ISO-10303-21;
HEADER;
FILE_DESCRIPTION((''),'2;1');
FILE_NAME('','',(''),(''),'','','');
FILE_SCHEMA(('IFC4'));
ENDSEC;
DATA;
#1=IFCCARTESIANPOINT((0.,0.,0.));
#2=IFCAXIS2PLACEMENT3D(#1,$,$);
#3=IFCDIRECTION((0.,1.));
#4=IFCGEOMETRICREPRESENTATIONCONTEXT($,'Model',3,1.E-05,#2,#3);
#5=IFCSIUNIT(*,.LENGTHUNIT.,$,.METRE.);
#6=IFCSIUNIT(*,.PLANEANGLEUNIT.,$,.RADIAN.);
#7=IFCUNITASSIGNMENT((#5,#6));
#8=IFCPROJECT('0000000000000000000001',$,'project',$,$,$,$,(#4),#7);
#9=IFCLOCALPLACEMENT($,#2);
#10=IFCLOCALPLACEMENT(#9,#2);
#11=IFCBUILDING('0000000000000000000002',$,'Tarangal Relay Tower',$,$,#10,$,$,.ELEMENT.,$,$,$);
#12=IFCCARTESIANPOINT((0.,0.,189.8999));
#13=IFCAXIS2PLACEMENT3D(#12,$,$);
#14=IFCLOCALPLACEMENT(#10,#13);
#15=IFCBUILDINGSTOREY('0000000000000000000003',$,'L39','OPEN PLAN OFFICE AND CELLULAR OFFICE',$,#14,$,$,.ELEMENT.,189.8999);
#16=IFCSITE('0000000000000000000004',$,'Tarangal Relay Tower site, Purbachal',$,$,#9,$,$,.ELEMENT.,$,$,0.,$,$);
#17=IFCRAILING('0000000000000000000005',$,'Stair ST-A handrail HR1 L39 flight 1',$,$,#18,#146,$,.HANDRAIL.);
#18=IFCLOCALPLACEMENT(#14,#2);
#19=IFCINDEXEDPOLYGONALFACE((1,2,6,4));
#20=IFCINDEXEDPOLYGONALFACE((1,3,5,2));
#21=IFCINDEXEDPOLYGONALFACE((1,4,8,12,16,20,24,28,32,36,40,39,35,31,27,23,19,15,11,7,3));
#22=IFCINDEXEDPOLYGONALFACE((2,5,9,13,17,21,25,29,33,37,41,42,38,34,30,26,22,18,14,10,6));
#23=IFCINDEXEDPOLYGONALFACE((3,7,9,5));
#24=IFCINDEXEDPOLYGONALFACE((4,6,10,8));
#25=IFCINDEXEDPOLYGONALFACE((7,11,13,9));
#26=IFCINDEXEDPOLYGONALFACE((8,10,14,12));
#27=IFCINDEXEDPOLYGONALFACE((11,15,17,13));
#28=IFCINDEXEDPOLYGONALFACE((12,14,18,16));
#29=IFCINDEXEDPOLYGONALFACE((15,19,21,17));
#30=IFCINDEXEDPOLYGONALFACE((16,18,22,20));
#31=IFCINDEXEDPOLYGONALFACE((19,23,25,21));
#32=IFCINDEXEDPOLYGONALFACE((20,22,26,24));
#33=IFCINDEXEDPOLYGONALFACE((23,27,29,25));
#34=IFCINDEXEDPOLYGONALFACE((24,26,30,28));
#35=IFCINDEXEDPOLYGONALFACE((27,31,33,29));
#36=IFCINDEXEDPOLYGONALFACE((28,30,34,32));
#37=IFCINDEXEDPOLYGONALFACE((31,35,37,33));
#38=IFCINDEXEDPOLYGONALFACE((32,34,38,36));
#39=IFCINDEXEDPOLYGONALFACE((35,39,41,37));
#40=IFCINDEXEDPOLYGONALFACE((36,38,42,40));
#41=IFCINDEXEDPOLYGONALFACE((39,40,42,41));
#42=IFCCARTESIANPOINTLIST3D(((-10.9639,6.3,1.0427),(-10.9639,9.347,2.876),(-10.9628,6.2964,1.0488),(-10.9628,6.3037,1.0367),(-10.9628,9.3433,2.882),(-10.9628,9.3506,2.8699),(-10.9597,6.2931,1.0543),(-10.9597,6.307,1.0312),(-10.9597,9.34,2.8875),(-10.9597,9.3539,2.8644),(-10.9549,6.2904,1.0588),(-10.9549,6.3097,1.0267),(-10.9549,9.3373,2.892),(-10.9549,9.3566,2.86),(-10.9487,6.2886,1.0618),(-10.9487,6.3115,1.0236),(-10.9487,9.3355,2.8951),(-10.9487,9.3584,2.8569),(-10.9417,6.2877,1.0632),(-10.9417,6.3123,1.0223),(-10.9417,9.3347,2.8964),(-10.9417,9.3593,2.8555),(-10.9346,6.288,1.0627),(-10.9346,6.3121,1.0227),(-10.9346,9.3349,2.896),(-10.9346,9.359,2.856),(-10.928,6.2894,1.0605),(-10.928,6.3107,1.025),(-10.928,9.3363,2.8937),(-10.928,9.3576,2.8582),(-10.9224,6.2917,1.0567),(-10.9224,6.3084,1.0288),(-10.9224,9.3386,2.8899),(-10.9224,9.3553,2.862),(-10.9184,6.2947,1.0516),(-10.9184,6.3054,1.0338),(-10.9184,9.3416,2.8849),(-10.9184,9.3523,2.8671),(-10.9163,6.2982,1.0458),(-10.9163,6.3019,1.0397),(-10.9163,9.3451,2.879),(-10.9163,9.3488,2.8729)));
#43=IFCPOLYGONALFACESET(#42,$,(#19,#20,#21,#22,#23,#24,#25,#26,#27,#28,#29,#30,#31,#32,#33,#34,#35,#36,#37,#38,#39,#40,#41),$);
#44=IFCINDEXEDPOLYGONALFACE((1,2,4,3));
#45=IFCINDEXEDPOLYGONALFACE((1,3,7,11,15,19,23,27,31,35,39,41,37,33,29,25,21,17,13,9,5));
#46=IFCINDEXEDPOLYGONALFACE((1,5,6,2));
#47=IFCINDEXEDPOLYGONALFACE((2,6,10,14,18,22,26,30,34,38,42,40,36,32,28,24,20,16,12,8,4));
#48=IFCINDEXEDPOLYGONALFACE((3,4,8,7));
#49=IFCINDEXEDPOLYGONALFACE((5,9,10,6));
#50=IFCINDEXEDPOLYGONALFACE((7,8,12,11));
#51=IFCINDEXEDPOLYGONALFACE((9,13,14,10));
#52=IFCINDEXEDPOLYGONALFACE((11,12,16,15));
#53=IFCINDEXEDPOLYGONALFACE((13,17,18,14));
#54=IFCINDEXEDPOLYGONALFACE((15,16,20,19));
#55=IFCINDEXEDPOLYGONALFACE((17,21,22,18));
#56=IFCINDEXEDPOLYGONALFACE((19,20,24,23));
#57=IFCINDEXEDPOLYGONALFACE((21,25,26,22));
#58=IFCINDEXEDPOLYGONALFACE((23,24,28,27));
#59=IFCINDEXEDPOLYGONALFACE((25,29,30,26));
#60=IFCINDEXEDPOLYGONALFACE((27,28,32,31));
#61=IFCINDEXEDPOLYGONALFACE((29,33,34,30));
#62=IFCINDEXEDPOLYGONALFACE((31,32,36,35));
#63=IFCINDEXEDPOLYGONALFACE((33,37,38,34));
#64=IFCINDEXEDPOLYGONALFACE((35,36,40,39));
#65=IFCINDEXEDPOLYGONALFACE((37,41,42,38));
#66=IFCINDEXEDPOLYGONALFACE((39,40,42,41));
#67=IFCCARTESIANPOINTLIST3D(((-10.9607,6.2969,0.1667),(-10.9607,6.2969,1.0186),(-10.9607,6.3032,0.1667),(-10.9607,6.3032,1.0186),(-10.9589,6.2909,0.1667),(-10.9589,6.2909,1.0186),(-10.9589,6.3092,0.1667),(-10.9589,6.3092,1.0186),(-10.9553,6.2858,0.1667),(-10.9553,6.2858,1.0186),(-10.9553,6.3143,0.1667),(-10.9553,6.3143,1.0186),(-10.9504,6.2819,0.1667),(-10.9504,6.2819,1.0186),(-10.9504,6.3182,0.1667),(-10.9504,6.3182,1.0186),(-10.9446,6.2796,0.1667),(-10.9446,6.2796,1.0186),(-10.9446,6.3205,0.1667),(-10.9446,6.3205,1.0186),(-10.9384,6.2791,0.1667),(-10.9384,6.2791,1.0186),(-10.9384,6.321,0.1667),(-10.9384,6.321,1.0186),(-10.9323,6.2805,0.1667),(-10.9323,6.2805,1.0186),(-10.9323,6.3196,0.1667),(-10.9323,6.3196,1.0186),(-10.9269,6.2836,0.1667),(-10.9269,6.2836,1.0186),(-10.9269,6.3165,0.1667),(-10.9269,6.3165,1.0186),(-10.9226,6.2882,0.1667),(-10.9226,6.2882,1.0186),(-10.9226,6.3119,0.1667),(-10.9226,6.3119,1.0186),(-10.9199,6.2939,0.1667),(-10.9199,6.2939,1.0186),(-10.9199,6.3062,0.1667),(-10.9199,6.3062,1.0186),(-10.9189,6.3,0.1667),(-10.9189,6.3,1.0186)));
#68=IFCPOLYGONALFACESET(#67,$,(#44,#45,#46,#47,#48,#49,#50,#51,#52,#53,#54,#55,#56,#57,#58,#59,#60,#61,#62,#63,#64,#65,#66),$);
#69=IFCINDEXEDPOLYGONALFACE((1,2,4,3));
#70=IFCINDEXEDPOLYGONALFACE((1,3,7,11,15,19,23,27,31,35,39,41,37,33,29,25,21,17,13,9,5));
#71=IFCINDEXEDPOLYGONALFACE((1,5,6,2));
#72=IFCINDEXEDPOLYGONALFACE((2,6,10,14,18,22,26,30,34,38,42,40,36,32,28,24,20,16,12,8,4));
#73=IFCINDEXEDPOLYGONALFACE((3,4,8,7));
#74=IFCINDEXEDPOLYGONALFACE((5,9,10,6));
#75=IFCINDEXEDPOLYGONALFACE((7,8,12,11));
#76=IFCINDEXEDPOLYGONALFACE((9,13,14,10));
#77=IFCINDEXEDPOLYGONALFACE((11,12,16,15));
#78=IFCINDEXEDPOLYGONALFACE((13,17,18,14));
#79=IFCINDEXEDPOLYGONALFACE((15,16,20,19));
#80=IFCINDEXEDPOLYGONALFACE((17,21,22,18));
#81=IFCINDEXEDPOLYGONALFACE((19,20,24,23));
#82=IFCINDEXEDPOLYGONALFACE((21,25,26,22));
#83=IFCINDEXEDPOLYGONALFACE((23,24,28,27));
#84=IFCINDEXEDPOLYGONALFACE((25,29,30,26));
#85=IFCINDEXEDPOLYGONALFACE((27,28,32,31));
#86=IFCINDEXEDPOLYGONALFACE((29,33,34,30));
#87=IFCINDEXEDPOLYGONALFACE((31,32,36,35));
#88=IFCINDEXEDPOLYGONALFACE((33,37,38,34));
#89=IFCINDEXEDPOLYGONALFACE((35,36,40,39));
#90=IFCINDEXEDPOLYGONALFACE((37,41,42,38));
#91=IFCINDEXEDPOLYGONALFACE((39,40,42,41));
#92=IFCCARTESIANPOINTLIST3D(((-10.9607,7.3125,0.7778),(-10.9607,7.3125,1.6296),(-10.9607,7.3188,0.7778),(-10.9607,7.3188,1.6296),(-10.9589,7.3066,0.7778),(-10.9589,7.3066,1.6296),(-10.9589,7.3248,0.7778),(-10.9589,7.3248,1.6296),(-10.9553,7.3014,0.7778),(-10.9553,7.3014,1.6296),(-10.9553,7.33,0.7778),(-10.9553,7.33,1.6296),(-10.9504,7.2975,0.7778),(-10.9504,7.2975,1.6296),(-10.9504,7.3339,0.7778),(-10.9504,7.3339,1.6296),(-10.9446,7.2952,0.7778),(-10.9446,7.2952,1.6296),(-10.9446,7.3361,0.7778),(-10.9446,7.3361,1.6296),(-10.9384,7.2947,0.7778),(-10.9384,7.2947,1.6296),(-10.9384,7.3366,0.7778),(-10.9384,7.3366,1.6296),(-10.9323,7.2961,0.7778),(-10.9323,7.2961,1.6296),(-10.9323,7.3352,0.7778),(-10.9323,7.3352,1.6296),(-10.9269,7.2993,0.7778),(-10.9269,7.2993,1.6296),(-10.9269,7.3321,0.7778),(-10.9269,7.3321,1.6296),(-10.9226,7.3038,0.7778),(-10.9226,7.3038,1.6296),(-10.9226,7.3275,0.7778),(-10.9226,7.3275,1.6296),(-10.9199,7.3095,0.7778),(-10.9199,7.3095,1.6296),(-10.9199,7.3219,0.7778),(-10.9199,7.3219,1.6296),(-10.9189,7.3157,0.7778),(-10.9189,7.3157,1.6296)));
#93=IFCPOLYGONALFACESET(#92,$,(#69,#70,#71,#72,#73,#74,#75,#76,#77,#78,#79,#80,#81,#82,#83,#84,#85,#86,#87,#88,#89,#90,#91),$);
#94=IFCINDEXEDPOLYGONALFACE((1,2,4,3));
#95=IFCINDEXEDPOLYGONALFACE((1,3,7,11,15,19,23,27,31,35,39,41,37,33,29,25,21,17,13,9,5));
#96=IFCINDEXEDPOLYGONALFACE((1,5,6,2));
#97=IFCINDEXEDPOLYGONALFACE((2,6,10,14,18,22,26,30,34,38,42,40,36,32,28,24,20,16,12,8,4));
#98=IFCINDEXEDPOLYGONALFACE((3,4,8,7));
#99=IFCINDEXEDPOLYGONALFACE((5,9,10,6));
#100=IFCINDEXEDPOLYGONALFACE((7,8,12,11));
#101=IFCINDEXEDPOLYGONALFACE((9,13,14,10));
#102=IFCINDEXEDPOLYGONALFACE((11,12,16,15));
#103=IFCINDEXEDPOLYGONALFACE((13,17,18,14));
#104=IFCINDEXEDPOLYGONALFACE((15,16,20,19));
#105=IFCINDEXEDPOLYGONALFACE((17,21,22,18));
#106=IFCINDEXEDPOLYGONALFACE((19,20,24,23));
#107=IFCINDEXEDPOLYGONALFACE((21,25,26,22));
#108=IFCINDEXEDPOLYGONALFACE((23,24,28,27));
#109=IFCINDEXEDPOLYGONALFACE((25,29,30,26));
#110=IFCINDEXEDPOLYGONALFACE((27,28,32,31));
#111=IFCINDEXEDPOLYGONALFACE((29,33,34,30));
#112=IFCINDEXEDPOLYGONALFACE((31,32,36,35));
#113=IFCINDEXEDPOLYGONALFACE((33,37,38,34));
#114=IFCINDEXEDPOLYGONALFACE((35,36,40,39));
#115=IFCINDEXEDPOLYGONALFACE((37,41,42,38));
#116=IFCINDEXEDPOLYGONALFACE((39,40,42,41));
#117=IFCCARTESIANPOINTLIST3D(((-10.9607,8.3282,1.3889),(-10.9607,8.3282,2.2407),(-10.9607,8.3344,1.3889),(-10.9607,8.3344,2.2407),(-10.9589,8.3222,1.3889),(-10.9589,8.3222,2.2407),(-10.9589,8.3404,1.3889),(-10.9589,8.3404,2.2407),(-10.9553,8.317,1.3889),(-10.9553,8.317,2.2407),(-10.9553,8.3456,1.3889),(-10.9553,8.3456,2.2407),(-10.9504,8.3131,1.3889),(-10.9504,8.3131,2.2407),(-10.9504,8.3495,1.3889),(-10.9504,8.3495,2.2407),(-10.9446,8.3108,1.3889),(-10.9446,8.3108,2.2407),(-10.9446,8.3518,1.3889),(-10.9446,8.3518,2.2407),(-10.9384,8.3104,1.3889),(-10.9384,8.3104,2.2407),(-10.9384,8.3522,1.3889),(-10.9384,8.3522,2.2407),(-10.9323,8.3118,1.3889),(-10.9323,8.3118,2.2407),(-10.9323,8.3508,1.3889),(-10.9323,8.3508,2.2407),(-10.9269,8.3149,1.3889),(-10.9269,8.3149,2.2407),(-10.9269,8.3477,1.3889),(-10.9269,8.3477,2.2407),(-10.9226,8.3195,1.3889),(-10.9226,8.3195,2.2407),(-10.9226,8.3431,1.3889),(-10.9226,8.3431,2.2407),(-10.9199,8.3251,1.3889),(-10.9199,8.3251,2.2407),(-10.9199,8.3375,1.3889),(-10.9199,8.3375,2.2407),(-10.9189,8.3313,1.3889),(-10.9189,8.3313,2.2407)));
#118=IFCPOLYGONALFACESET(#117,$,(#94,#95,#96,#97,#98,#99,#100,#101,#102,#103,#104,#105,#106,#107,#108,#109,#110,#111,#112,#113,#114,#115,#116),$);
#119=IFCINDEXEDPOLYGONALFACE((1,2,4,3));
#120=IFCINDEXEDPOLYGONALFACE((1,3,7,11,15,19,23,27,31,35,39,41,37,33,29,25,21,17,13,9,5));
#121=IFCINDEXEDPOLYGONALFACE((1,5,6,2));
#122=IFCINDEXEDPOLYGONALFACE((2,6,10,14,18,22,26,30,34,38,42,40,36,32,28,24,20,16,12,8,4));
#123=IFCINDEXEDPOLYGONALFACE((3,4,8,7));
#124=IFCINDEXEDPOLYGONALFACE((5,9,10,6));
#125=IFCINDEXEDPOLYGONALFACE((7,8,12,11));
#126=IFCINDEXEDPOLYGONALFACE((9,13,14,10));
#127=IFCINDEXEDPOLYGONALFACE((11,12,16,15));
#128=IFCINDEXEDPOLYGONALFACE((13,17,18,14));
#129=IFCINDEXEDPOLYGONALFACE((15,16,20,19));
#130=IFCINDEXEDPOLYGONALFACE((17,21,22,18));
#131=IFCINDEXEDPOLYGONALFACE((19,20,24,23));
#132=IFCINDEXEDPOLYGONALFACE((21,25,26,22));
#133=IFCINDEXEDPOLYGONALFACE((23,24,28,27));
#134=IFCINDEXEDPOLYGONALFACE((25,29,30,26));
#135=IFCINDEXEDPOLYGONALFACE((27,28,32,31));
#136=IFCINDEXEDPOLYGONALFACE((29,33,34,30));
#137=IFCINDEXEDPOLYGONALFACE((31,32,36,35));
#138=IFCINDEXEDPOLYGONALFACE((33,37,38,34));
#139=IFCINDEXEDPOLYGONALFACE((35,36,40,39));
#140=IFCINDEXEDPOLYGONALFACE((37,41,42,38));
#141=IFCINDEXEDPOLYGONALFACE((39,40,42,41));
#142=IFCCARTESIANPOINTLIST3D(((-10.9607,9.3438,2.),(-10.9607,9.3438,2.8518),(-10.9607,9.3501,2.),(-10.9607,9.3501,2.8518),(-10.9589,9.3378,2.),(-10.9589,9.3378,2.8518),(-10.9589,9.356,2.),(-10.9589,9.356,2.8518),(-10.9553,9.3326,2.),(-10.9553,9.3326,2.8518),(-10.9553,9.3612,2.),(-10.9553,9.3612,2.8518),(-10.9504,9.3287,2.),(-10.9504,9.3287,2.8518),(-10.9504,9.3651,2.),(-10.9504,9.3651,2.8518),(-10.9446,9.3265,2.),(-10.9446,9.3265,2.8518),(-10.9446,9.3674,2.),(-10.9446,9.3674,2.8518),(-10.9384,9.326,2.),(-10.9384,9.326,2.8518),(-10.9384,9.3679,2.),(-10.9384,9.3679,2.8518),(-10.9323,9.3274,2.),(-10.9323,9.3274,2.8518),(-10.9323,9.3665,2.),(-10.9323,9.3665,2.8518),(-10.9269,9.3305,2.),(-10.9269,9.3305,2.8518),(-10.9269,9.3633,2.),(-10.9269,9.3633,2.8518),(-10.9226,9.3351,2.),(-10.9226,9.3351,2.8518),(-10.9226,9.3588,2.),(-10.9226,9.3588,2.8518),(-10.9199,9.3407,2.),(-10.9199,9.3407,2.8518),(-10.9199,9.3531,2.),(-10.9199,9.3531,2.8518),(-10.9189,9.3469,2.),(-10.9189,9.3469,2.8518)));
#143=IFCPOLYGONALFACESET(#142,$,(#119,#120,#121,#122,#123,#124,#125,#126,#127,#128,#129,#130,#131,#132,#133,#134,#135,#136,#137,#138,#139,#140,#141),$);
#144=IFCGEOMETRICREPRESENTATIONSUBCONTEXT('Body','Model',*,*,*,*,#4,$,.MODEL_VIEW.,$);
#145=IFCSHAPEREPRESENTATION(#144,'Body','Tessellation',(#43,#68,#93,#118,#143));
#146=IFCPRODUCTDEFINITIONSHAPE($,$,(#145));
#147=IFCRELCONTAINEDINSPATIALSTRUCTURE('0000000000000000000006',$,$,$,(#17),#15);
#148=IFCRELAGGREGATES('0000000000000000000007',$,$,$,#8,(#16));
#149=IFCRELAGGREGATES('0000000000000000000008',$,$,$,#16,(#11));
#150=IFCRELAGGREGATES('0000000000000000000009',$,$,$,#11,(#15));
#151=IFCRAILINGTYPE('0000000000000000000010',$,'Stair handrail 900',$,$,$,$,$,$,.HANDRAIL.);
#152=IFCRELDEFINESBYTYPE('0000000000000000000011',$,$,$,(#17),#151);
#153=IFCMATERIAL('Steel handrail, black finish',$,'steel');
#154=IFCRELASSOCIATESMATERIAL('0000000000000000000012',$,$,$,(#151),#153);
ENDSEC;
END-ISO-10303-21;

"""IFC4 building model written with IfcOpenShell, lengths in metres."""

from ifc_helpers import new_model, si_unit, direction, frame, origin, origin_2d, place, context, subcontext, project, spatial, circle, extrude, material, type_object, element, save


model = new_model("IFC4")

# Units and contexts
model_context = context("Model", 3, precision=1e-05, world=origin(), true_north=direction((0.0, 1.0)))
body_context = subcontext(model_context, "Body", "Model", "MODEL_VIEW")
ifc_project = project(units=[si_unit("LENGTHUNIT", "METRE"), si_unit("PLANEANGLEUNIT", "RADIAN")], contexts=[model_context])

# Site, building, storey
site_placement = place(None, origin())
site = spatial("IfcSite", under=ifc_project, at=site_placement, Name="Tarangal Relay Tower site, Purbachal", CompositionType="ELEMENT", RefElevation=0.0)
building_placement = place(site_placement, origin())
building = spatial("IfcBuilding", under=site, at=building_placement, Name="Tarangal Relay Tower", CompositionType="ELEMENT")
storey_placement = place(building_placement, frame((0.0, 0.0, 189.8999)))
storey = spatial("IfcBuildingStorey", under=building, at=storey_placement, Name="L39", Description="OPEN PLAN OFFICE AND CELLULAR OFFICE", CompositionType="ELEMENT", Elevation=189.8999)

# Railing
ifc_material_1 = material(Name="Steel handrail, black finish", Category="steel")
railing_type_1 = type_object("IfcRailingType", Name="Stair handrail 900", PredefinedType="HANDRAIL", material=ifc_material_1)
railing_1_placement = place(storey_placement, frame((-10.9399, 6.3, 0.1667)))
element("IfcRailing", 1, at=railing_1_placement, inside=storey, type_object=railing_type_1, Name="Stair ST-A handrail HR1 L39 flight 1", PredefinedType="HANDRAIL", context=body_context, shape_type="SweptSolid", body=[
    extrude(circle(Radius=0.0239, at=origin_2d()), frame((0.0, 0.0, 0.876), z_axis=(0.0, 0.856856, 0.515556), x_axis=(-1.0, 0.0, 0.0)), (0.0, 0.0, 1.0), 3.5559),
    extrude(circle(Radius=0.021, at=origin_2d()), origin(), (0.0, 0.0, 1.0), 0.8518),
    extrude(circle(Radius=0.021, at=origin_2d()), frame((0.0, 1.0156, 0.6111)), (0.0, 0.0, 1.0), 0.8518),
    extrude(circle(Radius=0.021, at=origin_2d()), frame((0.0, 2.0312, 1.2222)), (0.0, 0.0, 1.0), 0.8518),
    extrude(circle(Radius=0.021, at=origin_2d()), frame((0.0, 3.0469, 1.8333)), (0.0, 0.0, 1.0), 0.8518),
])

save(model, "model.ifc")
